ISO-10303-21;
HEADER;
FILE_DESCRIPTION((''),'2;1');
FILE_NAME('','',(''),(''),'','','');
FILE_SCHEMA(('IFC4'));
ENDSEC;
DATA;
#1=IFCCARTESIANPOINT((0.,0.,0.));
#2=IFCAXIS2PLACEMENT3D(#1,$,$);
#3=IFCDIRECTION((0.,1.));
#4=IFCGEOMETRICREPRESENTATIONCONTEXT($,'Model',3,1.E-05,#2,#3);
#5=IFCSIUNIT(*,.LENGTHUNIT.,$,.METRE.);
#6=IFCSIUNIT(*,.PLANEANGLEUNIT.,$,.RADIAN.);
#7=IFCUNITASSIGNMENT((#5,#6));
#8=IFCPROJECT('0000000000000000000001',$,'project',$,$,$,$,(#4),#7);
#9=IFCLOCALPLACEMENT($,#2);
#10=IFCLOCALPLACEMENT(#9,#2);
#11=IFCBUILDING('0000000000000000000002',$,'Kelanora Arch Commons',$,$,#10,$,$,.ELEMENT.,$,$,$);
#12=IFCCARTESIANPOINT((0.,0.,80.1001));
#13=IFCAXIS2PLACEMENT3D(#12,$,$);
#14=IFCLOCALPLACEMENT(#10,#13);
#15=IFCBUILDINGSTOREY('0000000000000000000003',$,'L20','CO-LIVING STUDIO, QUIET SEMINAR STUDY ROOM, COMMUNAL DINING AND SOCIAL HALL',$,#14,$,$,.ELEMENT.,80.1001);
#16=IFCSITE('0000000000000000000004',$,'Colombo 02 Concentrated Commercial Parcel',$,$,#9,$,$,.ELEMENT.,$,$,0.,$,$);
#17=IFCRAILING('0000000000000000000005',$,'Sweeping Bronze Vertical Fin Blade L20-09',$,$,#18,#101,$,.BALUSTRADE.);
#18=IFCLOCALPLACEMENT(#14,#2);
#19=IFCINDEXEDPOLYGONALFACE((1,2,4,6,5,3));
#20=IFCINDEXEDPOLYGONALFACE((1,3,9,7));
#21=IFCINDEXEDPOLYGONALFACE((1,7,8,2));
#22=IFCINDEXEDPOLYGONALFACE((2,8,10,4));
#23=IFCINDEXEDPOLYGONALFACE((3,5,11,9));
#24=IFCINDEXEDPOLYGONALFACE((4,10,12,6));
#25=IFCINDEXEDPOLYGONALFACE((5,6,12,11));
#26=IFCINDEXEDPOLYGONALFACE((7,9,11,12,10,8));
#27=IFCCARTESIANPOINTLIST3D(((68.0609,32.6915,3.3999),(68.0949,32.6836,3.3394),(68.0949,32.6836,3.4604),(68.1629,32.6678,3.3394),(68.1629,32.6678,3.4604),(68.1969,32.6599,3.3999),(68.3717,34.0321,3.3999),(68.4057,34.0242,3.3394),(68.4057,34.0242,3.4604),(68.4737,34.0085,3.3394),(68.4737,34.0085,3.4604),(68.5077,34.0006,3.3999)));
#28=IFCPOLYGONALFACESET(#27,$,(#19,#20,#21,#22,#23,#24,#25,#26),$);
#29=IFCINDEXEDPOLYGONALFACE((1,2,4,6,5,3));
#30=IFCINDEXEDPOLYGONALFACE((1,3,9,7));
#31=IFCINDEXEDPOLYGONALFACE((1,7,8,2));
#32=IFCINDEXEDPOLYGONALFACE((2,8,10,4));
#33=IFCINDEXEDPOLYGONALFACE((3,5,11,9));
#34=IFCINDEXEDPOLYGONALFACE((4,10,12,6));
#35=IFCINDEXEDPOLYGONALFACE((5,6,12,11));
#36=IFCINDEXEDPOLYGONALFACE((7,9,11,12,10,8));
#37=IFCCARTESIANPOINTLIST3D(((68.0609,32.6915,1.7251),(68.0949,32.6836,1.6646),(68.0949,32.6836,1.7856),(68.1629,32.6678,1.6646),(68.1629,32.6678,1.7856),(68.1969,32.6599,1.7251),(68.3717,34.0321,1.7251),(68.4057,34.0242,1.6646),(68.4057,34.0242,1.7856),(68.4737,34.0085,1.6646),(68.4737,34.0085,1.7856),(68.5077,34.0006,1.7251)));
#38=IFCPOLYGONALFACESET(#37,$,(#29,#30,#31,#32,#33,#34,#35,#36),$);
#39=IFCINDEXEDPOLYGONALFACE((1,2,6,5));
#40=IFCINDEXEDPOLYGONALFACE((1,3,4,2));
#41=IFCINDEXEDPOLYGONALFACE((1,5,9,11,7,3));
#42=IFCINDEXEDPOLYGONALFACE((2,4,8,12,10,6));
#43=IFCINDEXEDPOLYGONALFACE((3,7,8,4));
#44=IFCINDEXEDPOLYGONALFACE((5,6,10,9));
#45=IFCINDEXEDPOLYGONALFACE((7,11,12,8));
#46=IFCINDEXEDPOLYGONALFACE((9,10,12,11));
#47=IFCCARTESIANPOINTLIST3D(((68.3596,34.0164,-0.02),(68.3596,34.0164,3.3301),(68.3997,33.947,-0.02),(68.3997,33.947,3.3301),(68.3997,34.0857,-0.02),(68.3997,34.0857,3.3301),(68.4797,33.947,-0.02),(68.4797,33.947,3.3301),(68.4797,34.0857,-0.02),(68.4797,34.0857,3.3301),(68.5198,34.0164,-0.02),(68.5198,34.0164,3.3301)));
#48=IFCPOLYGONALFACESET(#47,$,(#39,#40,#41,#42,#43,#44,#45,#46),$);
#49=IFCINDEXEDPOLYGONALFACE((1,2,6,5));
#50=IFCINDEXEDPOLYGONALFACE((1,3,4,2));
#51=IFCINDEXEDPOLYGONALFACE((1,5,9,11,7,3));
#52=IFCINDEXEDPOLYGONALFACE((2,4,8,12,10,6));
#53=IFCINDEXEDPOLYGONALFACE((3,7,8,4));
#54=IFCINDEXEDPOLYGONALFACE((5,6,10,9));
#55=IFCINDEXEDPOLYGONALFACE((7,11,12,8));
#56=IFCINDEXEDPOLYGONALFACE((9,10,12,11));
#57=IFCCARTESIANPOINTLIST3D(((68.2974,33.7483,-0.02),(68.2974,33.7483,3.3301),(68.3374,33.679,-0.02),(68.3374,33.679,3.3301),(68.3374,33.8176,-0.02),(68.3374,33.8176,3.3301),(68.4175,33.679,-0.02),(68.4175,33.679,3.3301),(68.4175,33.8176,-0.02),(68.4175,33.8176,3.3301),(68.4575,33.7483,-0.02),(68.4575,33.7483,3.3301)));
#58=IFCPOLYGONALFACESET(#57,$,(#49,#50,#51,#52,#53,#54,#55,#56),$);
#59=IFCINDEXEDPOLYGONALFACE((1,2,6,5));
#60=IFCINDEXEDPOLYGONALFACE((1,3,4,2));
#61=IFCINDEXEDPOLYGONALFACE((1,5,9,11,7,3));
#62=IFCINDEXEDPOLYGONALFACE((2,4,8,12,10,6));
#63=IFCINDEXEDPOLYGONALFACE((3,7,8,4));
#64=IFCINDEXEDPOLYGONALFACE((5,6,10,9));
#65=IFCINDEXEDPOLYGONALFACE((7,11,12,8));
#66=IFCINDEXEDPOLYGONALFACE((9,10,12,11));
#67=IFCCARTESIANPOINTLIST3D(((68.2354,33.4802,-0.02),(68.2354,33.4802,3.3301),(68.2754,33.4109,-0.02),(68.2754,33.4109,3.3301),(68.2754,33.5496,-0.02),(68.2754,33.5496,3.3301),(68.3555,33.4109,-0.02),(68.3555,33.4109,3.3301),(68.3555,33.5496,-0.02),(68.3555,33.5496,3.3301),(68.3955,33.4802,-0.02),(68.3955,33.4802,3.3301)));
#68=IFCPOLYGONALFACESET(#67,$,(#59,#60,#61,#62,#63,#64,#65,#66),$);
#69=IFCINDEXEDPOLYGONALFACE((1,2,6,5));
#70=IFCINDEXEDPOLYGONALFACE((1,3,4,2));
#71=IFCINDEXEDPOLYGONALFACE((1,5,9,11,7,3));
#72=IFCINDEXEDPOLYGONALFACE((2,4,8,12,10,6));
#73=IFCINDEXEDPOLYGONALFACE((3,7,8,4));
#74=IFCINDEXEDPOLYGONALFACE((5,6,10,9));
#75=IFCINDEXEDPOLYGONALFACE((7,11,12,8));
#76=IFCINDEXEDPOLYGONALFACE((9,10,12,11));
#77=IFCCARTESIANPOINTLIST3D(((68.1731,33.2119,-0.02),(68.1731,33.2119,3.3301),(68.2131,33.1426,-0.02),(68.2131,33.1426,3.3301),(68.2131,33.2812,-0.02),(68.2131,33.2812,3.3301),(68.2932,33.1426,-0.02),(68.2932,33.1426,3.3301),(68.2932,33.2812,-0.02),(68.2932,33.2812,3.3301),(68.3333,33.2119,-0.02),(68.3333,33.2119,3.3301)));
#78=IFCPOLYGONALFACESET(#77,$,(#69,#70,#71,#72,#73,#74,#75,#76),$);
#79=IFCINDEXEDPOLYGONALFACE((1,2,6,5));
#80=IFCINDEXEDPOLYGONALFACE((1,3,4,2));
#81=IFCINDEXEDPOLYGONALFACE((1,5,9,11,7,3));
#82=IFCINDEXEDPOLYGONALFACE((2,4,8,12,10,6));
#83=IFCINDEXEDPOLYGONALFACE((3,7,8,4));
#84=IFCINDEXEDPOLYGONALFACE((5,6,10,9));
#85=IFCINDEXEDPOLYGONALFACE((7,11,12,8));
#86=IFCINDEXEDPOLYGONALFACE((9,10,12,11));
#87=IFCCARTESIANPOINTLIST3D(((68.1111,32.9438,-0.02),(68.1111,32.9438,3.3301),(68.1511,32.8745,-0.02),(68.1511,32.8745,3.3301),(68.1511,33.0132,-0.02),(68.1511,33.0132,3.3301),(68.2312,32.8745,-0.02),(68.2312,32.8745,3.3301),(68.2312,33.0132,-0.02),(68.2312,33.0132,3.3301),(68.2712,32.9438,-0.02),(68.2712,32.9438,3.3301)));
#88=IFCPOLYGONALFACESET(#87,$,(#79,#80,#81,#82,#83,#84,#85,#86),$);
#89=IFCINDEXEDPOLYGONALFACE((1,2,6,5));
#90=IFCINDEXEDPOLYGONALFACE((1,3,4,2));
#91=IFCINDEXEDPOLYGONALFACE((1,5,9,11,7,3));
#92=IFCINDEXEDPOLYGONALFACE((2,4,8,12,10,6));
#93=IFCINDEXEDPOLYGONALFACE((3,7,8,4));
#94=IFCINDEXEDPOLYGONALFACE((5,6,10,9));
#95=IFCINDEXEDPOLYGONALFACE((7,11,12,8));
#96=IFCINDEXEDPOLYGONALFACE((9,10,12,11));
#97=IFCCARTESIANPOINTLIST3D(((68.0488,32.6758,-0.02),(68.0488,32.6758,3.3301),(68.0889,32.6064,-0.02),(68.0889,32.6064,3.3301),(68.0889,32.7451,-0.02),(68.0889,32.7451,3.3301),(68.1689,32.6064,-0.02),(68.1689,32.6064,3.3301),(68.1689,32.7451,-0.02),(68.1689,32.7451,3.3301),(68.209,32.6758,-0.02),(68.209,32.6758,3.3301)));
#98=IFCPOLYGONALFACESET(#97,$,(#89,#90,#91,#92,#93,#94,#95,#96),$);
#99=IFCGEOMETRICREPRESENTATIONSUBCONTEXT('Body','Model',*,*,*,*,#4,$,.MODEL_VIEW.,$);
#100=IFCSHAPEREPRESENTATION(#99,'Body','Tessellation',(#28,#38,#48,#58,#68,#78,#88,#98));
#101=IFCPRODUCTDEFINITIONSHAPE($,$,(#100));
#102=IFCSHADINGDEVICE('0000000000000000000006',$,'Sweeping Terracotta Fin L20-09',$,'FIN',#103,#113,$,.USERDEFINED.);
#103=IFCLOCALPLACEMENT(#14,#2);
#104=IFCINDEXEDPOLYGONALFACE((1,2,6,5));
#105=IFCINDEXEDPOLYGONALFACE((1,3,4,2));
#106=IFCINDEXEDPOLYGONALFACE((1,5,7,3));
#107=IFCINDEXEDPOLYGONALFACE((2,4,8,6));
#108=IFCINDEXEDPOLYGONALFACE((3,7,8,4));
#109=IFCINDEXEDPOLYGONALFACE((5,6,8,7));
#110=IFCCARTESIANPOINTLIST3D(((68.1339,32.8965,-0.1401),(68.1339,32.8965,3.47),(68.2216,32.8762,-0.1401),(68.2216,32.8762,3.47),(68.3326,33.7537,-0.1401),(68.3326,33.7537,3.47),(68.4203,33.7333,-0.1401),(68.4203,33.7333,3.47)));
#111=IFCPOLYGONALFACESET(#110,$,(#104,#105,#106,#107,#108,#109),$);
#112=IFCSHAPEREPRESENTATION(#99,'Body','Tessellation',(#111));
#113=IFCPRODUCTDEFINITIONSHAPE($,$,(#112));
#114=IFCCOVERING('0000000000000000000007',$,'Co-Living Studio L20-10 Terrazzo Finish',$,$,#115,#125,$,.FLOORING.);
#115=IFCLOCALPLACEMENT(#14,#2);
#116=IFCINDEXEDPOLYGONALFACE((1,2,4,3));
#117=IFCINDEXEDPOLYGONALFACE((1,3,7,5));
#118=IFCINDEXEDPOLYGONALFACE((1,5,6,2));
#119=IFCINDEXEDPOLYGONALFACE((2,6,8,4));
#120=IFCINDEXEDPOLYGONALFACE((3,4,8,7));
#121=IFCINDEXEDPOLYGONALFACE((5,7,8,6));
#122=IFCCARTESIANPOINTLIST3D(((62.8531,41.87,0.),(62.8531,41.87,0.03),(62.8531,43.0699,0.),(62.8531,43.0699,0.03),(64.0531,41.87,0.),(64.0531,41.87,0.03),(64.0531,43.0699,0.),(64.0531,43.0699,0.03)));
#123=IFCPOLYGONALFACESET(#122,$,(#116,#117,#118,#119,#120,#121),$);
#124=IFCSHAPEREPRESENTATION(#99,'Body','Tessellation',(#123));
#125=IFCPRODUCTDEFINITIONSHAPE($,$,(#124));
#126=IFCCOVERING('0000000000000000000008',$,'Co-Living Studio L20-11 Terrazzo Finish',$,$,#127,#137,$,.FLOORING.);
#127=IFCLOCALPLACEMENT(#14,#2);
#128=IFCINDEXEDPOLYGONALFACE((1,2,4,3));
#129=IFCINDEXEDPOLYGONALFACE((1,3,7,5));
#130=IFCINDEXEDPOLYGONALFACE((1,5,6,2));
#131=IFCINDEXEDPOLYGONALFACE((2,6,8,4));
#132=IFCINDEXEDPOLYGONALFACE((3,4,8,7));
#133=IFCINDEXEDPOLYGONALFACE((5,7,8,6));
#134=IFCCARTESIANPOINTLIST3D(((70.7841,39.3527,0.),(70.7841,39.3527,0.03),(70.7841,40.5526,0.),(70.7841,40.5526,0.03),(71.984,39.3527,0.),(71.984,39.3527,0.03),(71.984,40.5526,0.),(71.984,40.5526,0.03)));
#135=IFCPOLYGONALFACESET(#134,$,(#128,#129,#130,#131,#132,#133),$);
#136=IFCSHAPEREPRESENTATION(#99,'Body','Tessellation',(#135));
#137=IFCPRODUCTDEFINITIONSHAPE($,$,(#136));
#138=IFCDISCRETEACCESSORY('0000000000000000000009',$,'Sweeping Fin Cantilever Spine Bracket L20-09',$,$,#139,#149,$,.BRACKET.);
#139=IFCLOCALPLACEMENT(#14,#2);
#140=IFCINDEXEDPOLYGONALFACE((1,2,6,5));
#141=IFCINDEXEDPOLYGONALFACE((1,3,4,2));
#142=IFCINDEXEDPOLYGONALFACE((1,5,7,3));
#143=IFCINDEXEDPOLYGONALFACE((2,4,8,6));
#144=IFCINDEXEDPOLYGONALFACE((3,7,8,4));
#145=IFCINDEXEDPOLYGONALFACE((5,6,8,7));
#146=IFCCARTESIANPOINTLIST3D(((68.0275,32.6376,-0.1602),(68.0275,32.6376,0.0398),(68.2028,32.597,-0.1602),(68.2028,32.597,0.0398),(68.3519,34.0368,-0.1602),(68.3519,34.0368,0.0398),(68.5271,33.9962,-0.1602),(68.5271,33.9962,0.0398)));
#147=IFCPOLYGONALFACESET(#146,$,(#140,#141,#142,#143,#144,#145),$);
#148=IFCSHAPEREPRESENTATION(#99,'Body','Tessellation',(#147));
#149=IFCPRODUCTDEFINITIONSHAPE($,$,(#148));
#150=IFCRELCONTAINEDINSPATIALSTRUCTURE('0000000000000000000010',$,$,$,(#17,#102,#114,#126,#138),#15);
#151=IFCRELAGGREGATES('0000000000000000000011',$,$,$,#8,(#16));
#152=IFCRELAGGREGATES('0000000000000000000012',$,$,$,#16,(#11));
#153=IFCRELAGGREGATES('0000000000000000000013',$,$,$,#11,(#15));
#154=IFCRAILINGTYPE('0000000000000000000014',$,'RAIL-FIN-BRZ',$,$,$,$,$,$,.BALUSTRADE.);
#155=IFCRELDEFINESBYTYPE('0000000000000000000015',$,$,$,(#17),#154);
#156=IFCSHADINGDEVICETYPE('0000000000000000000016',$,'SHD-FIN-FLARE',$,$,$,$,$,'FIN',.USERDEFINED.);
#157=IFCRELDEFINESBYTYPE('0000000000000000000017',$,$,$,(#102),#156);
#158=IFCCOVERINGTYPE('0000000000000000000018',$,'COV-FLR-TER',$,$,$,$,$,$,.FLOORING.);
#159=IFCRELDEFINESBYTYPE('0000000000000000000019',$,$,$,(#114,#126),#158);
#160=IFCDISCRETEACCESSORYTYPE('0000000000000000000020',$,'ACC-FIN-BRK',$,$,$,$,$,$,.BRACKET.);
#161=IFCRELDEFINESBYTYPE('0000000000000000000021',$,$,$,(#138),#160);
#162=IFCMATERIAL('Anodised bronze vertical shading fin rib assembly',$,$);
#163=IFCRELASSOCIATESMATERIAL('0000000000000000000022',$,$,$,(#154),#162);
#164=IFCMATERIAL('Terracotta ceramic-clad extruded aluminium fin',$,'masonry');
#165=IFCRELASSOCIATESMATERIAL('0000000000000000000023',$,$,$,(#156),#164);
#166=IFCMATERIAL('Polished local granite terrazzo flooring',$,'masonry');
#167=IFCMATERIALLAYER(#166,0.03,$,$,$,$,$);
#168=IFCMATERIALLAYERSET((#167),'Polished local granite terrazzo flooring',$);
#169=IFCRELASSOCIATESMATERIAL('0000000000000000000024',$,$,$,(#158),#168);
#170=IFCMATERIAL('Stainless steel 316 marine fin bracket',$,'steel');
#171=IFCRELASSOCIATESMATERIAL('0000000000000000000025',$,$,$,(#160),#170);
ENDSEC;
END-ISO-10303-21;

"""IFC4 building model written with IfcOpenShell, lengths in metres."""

from ifc_helpers import new_model, si_unit, direction, frame, origin, origin_2d, place, context, subcontext, project, spatial, polyline, rectangle, outline, extrude, source, transform, mapped, material, layer, layer_set, type_object, element, save


model = new_model("IFC4")

# Units and contexts
model_context = context("Model", 3, precision=1e-05, world=origin(), true_north=direction((0.0, 1.0)))
body_context = subcontext(model_context, "Body", "Model", "MODEL_VIEW")
ifc_project = project(units=[si_unit("LENGTHUNIT", "METRE"), si_unit("PLANEANGLEUNIT", "RADIAN")], contexts=[model_context])

# Site, building, storey
site_placement = place(None, origin())
site = spatial("IfcSite", under=ifc_project, at=site_placement, Name="Colombo 02 Concentrated Commercial Parcel", CompositionType="ELEMENT", RefElevation=0.0)
building_placement = place(site_placement, origin())
building = spatial("IfcBuilding", under=site, at=building_placement, Name="Kelanora Arch Commons", CompositionType="ELEMENT")
storey_placement = place(building_placement, frame((0.0, 0.0, 80.1001)))
storey = spatial("IfcBuildingStorey", under=building, at=storey_placement, Name="L20", Description="CO-LIVING STUDIO, QUIET SEMINAR STUDY ROOM, COMMUNAL DINING AND SOCIAL HALL", CompositionType="ELEMENT", Elevation=80.1001)

# Railing
ifc_material_1 = material(Name="Anodised bronze vertical shading fin rib assembly")
railing_type = type_object("IfcRailingType", Name="RAIL-FIN-BRZ", PredefinedType="BALUSTRADE", material=ifc_material_1)
railing_placement = place(storey_placement, frame((68.4397, 34.0164, -0.02)))
element("IfcRailing", 1, at=railing_placement, inside=storey, type_object=railing_type, Name="Sweeping Bronze Vertical Fin Blade L20-09", PredefinedType="BALUSTRADE", context=body_context, shape_type="SweptSolid", body=[
    extrude(outline(polyline([(0.0698, 0.0), (0.0349, 0.0605), (-0.0349, 0.0605), (-0.0698, 0.0), (-0.0349, -0.0605), (0.0349, -0.0605), (0.0698, 0.0)])), frame((0.0, 0.0, 3.4199), z_axis=(-0.225844, -0.974163, 0.0), x_axis=(0.974163, -0.225844, 0.0)), (0.0, 0.0, 1.0), 1.3762),
    extrude(outline(polyline([(0.0698, 0.0), (0.0349, 0.0605), (-0.0349, 0.0605), (-0.0698, 0.0), (-0.0349, -0.0605), (0.0349, -0.0605), (0.0698, 0.0)])), frame((0.0, 0.0, 1.7451), z_axis=(-0.225844, -0.974163, 0.0), x_axis=(0.974163, -0.225844, 0.0)), (0.0, 0.0, 1.0), 1.3762),
    extrude(outline(polyline([(0.0801, 0.0), (0.04, 0.0693), (-0.04, 0.0693), (-0.0801, 0.0), (-0.04, -0.0693), (0.04, -0.0693), (0.0801, 0.0)])), origin(), (0.0, 0.0, 1.0), 3.3501),
    extrude(outline(polyline([(0.0801, 0.0), (0.04, 0.0693), (-0.04, 0.0693), (-0.0801, 0.0), (-0.04, -0.0693), (0.04, -0.0693), (0.0801, 0.0)])), frame((-0.0623, -0.2681, 0.0)), (0.0, 0.0, 1.0), 3.3501),
    extrude(outline(polyline([(0.0801, 0.0), (0.04, 0.0693), (-0.04, 0.0693), (-0.0801, 0.0), (-0.04, -0.0693), (0.04, -0.0693), (0.0801, 0.0)])), frame((-0.1243, -0.5361, 0.0)), (0.0, 0.0, 1.0), 3.3501),
    extrude(outline(polyline([(0.0801, 0.0), (0.04, 0.0693), (-0.04, 0.0693), (-0.0801, 0.0), (-0.04, -0.0693), (0.04, -0.0693), (0.0801, 0.0)])), frame((-0.1865, -0.8044, 0.0)), (0.0, 0.0, 1.0), 3.3501),
    extrude(outline(polyline([(0.0801, 0.0), (0.04, 0.0693), (-0.04, 0.0693), (-0.0801, 0.0), (-0.04, -0.0693), (0.04, -0.0693), (0.0801, 0.0)])), frame((-0.2485, -1.0725, 0.0)), (0.0, 0.0, 1.0), 3.3501),
    extrude(outline(polyline([(0.0801, 0.0), (0.04, 0.0693), (-0.04, 0.0693), (-0.0801, 0.0), (-0.04, -0.0693), (0.04, -0.0693), (0.0801, 0.0)])), frame((-0.3108, -1.3406, 0.0)), (0.0, 0.0, 1.0), 3.3501),
])

# Shading device
ifc_material_2 = material(Name="Terracotta ceramic-clad extruded aluminium fin", Category="masonry")
shading_device_type = type_object("IfcShadingDeviceType", Name="SHD-FIN-FLARE", ElementType="FIN", PredefinedType="USERDEFINED", material=ifc_material_2)
shared_shape_1 = source(origin(), body_context, "Body", "SweptSolid", [
    extrude(rectangle(XDim=0.8799, YDim=0.0901, at=origin_2d()), origin(), (0.0, 0.0, 1.0), 3.6101),
])
shading_device_placement = place(storey_placement, frame((68.2771, 33.3149, -0.1401), z_axis=(0.0, 0.0, 1.0), x_axis=(-0.225801, -0.974173, 0.0)))
element("IfcShadingDevice", 2, at=shading_device_placement, inside=storey, type_object=shading_device_type, Name="Sweeping Terracotta Fin L20-09", ObjectType="FIN", PredefinedType="USERDEFINED", context=body_context, shape_type="MappedRepresentation", body=[
    mapped(shared_shape_1, transform((0.0, 0.0, 0.0), scale=1.0)),
])

# Coverings
ifc_material_3 = material(Name="Polished local granite terrazzo flooring", Category="masonry")
ifc_layer_1 = layer(ifc_material_3, 0.03)
ifc_layer_set_1 = layer_set([ifc_layer_1], Name="Polished local granite terrazzo flooring")
covering_type = type_object("IfcCoveringType", Name="COV-FLR-TER", PredefinedType="FLOORING", material=ifc_layer_set_1)
shared_shape_2 = source(origin(), body_context, "Body", "SweptSolid", [
    extrude(rectangle(XDim=1.2, YDim=1.2, at=origin_2d()), origin(), (0.0, 0.0, 1.0), 0.03),
])
for number, where, z_axis, x_axis, name in (
    (3, (63.4531, 42.47, 0.0), (0.0, 0.0, 1.0), (1.0, 0.0, 0.0), "Co-Living Studio L20-10 Terrazzo Finish"),
    (4, (71.384, 39.9526, 0.0), (0.0, 0.0, 1.0), (1.0, 0.0, 0.0), "Co-Living Studio L20-11 Terrazzo Finish"),
):
    element("IfcCovering", number, at=place(storey_placement, frame(where, z_axis=z_axis, x_axis=x_axis)), inside=storey, type_object=covering_type, Name=name, PredefinedType="FLOORING", context=body_context, shape_type="MappedRepresentation", body=[
        mapped(shared_shape_2, transform((0.0, 0.0, 0.0), scale=1.0)),
    ])

# Discrete accessory
ifc_material_4 = material(Name="Stainless steel 316 marine fin bracket", Category="steel")
discrete_accessory_type = type_object("IfcDiscreteAccessoryType", Name="ACC-FIN-BRK", PredefinedType="BRACKET", material=ifc_material_4)
shared_shape_3 = source(origin(), body_context, "Body", "SweptSolid", [
    extrude(rectangle(XDim=1.4363, YDim=0.1799, at=origin_2d()), origin(), (0.0, 0.0, 1.0), 0.2),
])
discrete_accessory_placement = place(storey_placement, frame((68.2773, 33.3169, -0.1602), z_axis=(0.0, 0.0, 1.0), x_axis=(-0.225801, -0.974173, 0.0)))
element("IfcDiscreteAccessory", 5, at=discrete_accessory_placement, inside=storey, type_object=discrete_accessory_type, Name="Sweeping Fin Cantilever Spine Bracket L20-09", PredefinedType="BRACKET", context=body_context, shape_type="MappedRepresentation", body=[
    mapped(shared_shape_3, transform((0.0, 0.0, 0.0), scale=1.0)),
])

save(model, "model.ifc")
